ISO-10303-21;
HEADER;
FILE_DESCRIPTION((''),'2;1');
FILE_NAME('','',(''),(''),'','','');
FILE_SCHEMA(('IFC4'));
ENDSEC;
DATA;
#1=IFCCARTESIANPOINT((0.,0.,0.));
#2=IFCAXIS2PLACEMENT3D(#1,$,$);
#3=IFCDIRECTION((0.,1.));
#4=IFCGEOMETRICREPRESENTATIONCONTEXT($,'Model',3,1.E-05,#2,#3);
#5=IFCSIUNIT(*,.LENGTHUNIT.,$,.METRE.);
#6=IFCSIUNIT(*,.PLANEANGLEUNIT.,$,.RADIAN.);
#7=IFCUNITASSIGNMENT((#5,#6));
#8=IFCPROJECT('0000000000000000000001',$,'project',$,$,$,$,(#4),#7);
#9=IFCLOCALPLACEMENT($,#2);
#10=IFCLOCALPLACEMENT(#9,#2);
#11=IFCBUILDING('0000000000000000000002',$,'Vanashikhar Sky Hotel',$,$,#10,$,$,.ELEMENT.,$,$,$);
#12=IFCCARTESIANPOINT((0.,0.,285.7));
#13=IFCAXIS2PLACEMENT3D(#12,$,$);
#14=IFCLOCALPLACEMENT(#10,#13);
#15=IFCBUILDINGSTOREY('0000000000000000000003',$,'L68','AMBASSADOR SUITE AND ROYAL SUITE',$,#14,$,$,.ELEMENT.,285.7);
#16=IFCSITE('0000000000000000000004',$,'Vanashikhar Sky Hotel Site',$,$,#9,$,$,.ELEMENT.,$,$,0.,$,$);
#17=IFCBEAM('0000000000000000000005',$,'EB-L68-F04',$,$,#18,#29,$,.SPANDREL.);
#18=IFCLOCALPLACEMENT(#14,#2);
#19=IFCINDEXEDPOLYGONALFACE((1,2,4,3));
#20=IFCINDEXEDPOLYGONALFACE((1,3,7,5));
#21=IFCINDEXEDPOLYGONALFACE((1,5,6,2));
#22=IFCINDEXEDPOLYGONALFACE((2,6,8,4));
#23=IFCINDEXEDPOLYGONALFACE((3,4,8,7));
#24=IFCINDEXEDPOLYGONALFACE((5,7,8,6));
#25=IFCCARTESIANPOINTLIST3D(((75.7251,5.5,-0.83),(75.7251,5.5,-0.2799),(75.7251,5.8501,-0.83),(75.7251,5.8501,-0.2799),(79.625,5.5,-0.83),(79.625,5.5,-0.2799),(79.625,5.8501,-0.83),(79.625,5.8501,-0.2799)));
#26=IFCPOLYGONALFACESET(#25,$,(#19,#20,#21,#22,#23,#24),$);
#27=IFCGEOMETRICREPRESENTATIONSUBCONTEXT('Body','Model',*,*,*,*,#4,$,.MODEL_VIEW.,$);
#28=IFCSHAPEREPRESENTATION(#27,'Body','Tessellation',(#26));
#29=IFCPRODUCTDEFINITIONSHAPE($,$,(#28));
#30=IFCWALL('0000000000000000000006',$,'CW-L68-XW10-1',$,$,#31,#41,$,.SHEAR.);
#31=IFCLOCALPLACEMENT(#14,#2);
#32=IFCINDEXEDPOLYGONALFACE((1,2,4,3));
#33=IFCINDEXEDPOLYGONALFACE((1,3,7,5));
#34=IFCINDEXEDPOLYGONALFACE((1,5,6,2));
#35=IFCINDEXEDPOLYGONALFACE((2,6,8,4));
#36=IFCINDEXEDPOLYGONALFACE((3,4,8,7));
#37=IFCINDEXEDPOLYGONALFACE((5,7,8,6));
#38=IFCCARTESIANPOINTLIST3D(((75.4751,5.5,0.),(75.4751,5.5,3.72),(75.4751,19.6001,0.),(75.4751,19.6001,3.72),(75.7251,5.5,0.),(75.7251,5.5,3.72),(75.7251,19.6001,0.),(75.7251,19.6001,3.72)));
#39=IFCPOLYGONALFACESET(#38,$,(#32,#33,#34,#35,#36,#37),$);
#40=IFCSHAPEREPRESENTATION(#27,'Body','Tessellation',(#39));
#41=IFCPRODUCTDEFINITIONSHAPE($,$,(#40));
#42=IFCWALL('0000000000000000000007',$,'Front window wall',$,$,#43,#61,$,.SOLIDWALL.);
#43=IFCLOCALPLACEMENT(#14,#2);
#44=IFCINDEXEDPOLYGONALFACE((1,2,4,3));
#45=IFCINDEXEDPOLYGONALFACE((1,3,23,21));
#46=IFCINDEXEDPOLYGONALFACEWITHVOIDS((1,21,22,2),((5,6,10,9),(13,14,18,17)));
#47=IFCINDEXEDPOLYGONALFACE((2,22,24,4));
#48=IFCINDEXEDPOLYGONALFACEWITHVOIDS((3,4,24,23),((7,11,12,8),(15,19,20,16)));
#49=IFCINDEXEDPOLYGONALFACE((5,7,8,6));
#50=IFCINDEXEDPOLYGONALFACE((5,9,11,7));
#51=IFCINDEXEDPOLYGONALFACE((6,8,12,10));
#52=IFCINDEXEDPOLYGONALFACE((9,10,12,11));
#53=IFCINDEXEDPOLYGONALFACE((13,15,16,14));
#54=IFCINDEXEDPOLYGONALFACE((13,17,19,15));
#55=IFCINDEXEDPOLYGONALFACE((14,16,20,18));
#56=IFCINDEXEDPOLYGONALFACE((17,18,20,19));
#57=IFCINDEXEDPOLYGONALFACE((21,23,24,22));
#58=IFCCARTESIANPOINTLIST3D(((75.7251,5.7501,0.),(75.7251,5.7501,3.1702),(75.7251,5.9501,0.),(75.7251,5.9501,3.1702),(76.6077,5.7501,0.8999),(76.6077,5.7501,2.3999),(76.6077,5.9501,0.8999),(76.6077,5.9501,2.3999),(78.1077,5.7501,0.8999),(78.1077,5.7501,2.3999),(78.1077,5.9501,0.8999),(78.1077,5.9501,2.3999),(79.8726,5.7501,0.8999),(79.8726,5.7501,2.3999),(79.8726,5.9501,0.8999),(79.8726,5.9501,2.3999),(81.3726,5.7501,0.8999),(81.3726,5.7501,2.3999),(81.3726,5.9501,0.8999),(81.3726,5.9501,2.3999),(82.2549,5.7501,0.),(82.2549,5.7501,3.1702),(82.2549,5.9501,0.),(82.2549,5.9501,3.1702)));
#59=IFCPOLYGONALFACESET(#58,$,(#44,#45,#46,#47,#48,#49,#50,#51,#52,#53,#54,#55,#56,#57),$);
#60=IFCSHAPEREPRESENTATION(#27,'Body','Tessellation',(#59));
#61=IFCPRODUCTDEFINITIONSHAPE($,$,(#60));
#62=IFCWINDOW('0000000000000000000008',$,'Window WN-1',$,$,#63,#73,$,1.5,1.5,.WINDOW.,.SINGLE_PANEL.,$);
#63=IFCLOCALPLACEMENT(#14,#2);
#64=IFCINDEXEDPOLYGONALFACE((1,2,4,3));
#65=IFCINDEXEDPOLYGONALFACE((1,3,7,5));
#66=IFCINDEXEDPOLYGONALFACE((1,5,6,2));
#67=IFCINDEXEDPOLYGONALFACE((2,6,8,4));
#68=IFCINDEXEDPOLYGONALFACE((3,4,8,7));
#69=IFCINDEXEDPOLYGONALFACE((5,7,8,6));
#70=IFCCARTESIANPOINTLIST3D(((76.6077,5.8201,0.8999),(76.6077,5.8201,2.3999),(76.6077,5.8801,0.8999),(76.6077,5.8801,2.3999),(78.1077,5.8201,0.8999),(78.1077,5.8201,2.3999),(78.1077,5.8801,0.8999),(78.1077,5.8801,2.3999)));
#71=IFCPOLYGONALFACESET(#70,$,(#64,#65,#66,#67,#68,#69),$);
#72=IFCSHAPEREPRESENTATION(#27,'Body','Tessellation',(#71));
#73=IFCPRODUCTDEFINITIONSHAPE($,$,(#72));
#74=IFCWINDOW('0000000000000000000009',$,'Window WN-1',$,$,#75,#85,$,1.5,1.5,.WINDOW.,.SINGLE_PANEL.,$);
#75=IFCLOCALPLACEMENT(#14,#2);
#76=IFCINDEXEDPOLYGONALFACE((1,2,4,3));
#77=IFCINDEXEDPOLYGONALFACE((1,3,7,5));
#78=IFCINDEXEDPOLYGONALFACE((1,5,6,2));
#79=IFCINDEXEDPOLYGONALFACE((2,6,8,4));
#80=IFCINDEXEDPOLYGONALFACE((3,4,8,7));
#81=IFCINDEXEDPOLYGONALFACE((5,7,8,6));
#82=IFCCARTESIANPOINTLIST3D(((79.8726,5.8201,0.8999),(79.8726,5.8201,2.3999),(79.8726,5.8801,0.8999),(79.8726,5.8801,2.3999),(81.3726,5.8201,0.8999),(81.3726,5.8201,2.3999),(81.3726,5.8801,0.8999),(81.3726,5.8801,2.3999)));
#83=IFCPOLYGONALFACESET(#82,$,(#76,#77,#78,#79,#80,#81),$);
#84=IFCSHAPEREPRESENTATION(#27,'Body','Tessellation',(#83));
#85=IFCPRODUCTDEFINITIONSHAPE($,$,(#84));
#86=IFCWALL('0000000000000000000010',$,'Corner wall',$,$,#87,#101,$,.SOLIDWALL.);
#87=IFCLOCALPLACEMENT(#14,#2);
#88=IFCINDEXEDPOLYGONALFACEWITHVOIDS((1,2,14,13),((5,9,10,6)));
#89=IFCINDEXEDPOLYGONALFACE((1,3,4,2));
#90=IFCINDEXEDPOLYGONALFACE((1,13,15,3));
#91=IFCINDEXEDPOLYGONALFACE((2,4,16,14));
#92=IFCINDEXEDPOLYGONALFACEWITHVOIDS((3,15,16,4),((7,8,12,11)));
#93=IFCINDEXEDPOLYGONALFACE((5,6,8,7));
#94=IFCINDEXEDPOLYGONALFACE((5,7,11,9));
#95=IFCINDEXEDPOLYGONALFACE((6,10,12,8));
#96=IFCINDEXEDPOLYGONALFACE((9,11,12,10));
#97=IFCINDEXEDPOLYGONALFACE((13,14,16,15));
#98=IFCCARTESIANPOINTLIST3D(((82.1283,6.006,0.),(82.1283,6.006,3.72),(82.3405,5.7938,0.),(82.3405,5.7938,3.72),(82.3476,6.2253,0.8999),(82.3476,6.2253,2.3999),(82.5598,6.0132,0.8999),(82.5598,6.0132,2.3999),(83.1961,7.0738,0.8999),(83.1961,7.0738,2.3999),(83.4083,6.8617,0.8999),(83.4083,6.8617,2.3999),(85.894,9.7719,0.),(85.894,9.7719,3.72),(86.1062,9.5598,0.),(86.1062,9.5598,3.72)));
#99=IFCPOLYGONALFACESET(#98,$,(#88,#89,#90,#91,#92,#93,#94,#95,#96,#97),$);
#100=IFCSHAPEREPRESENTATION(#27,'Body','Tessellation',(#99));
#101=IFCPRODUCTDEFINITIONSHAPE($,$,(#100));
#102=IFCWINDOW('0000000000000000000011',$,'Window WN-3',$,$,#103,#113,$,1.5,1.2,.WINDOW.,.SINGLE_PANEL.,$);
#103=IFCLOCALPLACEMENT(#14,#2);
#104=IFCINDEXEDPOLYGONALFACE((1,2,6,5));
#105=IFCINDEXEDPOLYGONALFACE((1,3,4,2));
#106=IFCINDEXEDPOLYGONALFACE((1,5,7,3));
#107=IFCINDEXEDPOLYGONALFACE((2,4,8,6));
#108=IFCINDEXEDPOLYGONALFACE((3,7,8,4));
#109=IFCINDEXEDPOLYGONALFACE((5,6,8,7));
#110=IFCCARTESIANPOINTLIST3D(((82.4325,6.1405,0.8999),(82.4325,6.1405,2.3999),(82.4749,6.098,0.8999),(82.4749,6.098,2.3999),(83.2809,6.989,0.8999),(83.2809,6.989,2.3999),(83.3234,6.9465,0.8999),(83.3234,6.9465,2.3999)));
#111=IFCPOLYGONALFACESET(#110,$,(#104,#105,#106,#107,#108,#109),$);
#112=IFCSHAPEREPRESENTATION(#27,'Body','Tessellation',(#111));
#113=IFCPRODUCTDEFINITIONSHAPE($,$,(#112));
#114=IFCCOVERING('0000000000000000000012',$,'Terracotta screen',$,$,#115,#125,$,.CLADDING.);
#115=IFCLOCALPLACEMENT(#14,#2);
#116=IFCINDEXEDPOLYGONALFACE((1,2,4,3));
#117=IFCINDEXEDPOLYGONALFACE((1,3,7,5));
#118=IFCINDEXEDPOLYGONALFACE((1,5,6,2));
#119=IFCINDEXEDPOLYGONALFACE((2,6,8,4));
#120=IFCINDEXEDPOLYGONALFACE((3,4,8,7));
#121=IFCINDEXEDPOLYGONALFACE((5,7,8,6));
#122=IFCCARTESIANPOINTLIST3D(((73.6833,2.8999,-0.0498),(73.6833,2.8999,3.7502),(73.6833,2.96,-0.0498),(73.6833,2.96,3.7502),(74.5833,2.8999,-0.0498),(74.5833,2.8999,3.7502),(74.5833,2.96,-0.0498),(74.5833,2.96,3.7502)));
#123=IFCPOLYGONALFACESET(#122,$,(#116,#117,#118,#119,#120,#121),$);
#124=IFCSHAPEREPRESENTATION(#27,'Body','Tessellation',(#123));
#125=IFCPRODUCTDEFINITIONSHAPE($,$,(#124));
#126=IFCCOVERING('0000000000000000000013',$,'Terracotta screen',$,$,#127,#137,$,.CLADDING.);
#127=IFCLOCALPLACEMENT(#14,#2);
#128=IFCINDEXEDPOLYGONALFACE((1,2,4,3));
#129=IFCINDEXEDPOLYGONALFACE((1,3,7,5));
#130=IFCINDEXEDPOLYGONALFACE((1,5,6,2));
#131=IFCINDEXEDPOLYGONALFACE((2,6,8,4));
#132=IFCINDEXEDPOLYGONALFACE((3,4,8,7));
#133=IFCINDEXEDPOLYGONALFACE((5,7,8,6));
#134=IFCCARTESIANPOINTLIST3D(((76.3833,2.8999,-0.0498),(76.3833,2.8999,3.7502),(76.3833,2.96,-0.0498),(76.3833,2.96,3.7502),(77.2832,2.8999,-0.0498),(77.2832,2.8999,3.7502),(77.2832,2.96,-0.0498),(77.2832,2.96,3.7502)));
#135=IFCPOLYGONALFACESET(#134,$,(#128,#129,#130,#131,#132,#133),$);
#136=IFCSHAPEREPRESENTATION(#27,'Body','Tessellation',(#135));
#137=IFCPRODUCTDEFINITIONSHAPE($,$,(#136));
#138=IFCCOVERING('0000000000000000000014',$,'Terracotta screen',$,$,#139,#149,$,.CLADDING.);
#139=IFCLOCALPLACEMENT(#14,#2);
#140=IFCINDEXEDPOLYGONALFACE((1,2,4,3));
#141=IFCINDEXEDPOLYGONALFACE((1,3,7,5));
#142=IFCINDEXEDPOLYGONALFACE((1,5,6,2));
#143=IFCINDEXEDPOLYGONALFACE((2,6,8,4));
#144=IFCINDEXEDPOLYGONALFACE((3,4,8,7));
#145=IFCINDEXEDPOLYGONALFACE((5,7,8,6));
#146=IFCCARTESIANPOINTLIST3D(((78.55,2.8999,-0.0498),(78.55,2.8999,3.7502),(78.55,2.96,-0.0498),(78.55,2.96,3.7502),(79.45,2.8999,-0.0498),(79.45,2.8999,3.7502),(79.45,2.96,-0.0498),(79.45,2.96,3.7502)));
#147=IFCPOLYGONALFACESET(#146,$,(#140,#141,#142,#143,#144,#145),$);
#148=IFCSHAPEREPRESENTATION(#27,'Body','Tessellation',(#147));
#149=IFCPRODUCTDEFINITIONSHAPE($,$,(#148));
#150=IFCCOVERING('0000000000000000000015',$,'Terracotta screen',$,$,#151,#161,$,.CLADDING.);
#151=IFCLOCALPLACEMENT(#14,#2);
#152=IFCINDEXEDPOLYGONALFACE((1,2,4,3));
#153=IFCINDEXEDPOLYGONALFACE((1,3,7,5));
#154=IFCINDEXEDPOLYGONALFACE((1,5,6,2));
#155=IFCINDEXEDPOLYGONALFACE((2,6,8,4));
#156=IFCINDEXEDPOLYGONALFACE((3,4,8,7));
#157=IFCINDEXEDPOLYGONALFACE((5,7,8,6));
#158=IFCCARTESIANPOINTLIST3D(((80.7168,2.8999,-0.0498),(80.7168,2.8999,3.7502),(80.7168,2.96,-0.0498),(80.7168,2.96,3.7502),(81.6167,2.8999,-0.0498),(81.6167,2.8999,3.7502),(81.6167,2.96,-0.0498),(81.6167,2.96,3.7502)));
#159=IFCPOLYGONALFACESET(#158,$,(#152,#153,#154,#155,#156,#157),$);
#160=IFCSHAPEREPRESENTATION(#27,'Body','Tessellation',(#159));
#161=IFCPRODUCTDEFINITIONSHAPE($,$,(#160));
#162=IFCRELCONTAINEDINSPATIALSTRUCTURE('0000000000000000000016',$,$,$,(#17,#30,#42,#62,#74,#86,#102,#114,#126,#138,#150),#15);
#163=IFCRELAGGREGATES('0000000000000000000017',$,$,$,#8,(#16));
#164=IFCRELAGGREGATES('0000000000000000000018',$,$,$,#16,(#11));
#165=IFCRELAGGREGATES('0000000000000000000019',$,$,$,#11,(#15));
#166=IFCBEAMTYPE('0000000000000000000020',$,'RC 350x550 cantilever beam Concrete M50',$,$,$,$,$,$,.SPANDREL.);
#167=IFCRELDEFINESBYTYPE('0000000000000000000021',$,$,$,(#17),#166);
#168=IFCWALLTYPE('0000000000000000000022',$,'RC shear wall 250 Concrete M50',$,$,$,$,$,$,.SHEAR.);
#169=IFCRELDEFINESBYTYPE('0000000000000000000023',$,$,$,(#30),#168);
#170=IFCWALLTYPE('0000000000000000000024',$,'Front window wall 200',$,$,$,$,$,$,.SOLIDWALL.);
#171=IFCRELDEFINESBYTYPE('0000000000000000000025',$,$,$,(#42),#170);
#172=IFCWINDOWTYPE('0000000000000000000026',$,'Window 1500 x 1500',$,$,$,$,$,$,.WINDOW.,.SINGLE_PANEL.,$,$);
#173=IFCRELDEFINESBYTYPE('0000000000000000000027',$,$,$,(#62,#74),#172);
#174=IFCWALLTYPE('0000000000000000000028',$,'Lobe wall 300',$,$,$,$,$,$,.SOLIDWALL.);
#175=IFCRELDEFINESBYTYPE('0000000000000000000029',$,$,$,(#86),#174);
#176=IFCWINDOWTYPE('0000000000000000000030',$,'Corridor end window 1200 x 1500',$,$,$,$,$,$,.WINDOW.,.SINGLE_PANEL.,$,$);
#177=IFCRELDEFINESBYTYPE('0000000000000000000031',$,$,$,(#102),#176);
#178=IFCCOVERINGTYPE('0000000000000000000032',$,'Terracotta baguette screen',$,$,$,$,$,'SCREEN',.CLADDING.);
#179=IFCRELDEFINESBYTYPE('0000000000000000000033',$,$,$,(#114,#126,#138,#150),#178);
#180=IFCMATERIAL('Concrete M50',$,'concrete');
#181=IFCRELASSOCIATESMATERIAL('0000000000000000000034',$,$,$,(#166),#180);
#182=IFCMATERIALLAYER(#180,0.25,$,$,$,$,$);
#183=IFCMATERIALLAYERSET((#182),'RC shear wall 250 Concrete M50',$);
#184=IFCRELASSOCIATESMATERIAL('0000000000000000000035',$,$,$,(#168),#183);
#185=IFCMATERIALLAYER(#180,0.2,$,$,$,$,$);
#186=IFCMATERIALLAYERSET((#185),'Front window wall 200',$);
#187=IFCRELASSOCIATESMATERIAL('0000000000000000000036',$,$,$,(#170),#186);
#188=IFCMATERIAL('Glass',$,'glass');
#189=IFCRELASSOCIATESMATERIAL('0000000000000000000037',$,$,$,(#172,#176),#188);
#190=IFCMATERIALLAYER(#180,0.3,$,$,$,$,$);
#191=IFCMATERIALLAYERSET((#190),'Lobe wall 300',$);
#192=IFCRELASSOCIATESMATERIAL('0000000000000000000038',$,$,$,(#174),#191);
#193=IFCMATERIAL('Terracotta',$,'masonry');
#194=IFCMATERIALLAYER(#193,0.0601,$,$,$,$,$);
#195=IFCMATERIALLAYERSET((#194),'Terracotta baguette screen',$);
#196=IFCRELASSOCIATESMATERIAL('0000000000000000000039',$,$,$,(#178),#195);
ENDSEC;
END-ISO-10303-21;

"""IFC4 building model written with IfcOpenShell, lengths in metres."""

from ifc_helpers import new_model, si_unit, direction, frame, frame_2d, origin, origin_2d, place, context, subcontext, project, spatial, rectangle, extrude, source, transform, mapped, material, layer, layer_set, material_profile, profile_set, type_object, element, fill, save


model = new_model("IFC4")

# Units and contexts
model_context = context("Model", 3, precision=1e-05, world=origin(), true_north=direction((0.0, 1.0)))
body_context = subcontext(model_context, "Body", "Model", "MODEL_VIEW")
ifc_project = project(units=[si_unit("LENGTHUNIT", "METRE"), si_unit("PLANEANGLEUNIT", "RADIAN")], contexts=[model_context])

# Site, building, storey
site_placement = place(None, origin())
site = spatial("IfcSite", under=ifc_project, at=site_placement, Name="Vanashikhar Sky Hotel Site", CompositionType="ELEMENT", RefElevation=0.0)
building_placement = place(site_placement, origin())
building = spatial("IfcBuilding", under=site, at=building_placement, Name="Vanashikhar Sky Hotel", CompositionType="ELEMENT")
storey_placement = place(building_placement, frame((0.0, 0.0, 285.7)))
storey = spatial("IfcBuildingStorey", under=building, at=storey_placement, Name="L68", Description="AMBASSADOR SUITE AND ROYAL SUITE", CompositionType="ELEMENT", Elevation=285.7)

# Beam
ifc_material_1 = material(Name="Concrete M50", Category="concrete")
ifc_material_profile = material_profile(ifc_material_1, rectangle(XDim=0.3501, YDim=0.55, at=origin_2d()))
ifc_profile_set = profile_set([ifc_material_profile], Name="RC 350x550 cantilever beam Concrete M50")
beam_type = type_object("IfcBeamType", Name="RC 350x550 cantilever beam Concrete M50", PredefinedType="SPANDREL", material=ifc_profile_set)
shared_shape_1 = source(origin(), body_context, "Body", "SweptSolid", [
    extrude(rectangle(XDim=0.3501, YDim=0.55, at=origin_2d()), origin(), (0.0, 0.0, 1.0), 3.8999),
])
beam_placement = place(storey_placement, frame((75.7251, 5.675, -0.5549), z_axis=(1.0, 0.0, 0.0), x_axis=(0.0, 1.0, 0.0)))
element("IfcBeam", 1, at=beam_placement, inside=storey, type_object=beam_type, Name="EB-L68-F04", PredefinedType="SPANDREL", context=body_context, shape_type="MappedRepresentation", body=[
    mapped(shared_shape_1, transform((0.0, 0.0, 0.0), scale=1.0)),
])

# Wall
ifc_layer_1 = layer(ifc_material_1, 0.25)
ifc_layer_set_1 = layer_set([ifc_layer_1], Name="RC shear wall 250 Concrete M50")
wall_type_1 = type_object("IfcWallType", Name="RC shear wall 250 Concrete M50", PredefinedType="SHEAR", material=ifc_layer_set_1)
shared_shape_2 = source(origin(), body_context, "Body", "SweptSolid", [
    extrude(rectangle(XDim=14.1001, YDim=0.25, at=frame_2d((7.05, 0.0))), origin(), (0.0, 0.0, 1.0), 3.72),
])
wall_1_placement = place(storey_placement, frame((75.6001, 5.5, 0.0), z_axis=(0.0, 0.0, 1.0), x_axis=(0.0, 1.0, 0.0)))
element("IfcWall", 2, at=wall_1_placement, inside=storey, type_object=wall_type_1, Name="CW-L68-XW10-1", PredefinedType="SHEAR", context=body_context, shape_type="MappedRepresentation", body=[
    mapped(shared_shape_2, transform((0.0, 0.0, 0.0), scale=1.0)),
])

# Wall, openings, windows
ifc_layer_2 = layer(ifc_material_1, 0.2)
ifc_layer_set_2 = layer_set([ifc_layer_2], Name="Front window wall 200")
wall_type_2 = type_object("IfcWallType", Name="Front window wall 200", PredefinedType="SOLIDWALL", material=ifc_layer_set_2)
shared_shape_3 = source(origin(), body_context, "Body", "SweptSolid", [
    extrude(rectangle(XDim=6.5298, YDim=0.2, at=frame_2d((3.2649, 0.0))), origin(), (0.0, 0.0, 1.0), 3.1702),
])
wall_2_placement = place(storey_placement, frame((75.7251, 5.8501, 0.0), z_axis=(0.0, 0.0, 1.0), x_axis=(1.0, 0.0, 0.0)))
wall_2 = element("IfcWall", 3, at=wall_2_placement, inside=storey, type_object=wall_type_2, Name="Front window wall", PredefinedType="SOLIDWALL", context=body_context, shape_type="MappedRepresentation", body=[
    mapped(shared_shape_3, transform((0.0, 0.0, 0.0), scale=1.0)),
])
shared_shape_4 = source(origin(), body_context, "Body", "SweptSolid", [
    extrude(rectangle(XDim=1.5, YDim=1.5, at=frame_2d((0.75, 0.75))), frame((0.0, 0.1099, 0.0), z_axis=(0.0, -1.0, 0.0), x_axis=(1.0, 0.0, 0.0)), (0.0, 0.0, 1.0), 0.22),
])
opening_1_placement = place(wall_2_placement, frame((0.8826, 0.0, 0.8999)))
opening_1 = element("IfcOpeningElement", 4, at=opening_1_placement, cuts=wall_2, PredefinedType="OPENING", context=body_context, shape_type="MappedRepresentation", body=[
    mapped(shared_shape_4, transform((0.0, 0.0, 0.0), scale=1.0)),
])
opening_2_placement = place(wall_2_placement, frame((4.1475, 0.0, 0.8999)))
opening_2 = element("IfcOpeningElement", 5, at=opening_2_placement, cuts=wall_2, PredefinedType="OPENING", context=body_context, shape_type="MappedRepresentation", body=[
    mapped(shared_shape_4, transform((0.0, 0.0, 0.0), scale=1.0)),
])
ifc_material_2 = material(Name="Glass", Category="glass")
window_type_1 = type_object("IfcWindowType", Name="Window 1500 x 1500", PartitioningType="SINGLE_PANEL", PredefinedType="WINDOW", material=ifc_material_2)
shared_shape_5 = source(origin(), body_context, "Body", "SweptSolid", [
    extrude(rectangle(XDim=1.5, YDim=1.5, at=frame_2d((0.75, 0.75))), frame((0.0, 0.03, 0.0), z_axis=(0.0, -1.0, 0.0), x_axis=(1.0, 0.0, 0.0)), (0.0, 0.0, 1.0), 0.0601),
])
window_1_placement = place(opening_1_placement, origin())
window_1 = element("IfcWindow", 6, at=window_1_placement, inside=storey, type_object=window_type_1, Name="Window WN-1", OverallHeight=1.5, OverallWidth=1.5, PartitioningType="SINGLE_PANEL", PredefinedType="WINDOW", context=body_context, shape_type="MappedRepresentation", body=[
    mapped(shared_shape_5, transform((0.0, 0.0, 0.0), scale=1.0)),
])
fill(opening_1, window_1)
window_2_placement = place(opening_2_placement, origin())
window_2 = element("IfcWindow", 7, at=window_2_placement, inside=storey, type_object=window_type_1, Name="Window WN-1", OverallHeight=1.5, OverallWidth=1.5, PartitioningType="SINGLE_PANEL", PredefinedType="WINDOW", context=body_context, shape_type="MappedRepresentation", body=[
    mapped(shared_shape_5, transform((0.0, 0.0, 0.0), scale=1.0)),
])
fill(opening_2, window_2)

# Wall, opening, window
ifc_layer_3 = layer(ifc_material_1, 0.3)
ifc_layer_set_3 = layer_set([ifc_layer_3], Name="Lobe wall 300")
wall_type_3 = type_object("IfcWallType", Name="Lobe wall 300", PredefinedType="SOLIDWALL", material=ifc_layer_set_3)
shared_shape_6 = source(origin(), body_context, "Body", "SweptSolid", [
    extrude(rectangle(XDim=5.3257, YDim=0.3, at=frame_2d((2.6628, 0.0))), origin(), (0.0, 0.0, 1.0), 3.72),
])
wall_3_placement = place(storey_placement, frame((82.2344, 5.8999, 0.0), z_axis=(0.0, 0.0, 1.0), x_axis=(0.707084, 0.70713, 0.0)))
wall_3 = element("IfcWall", 8, at=wall_3_placement, inside=storey, type_object=wall_type_3, Name="Corner wall", PredefinedType="SOLIDWALL", context=body_context, shape_type="MappedRepresentation", body=[
    mapped(shared_shape_6, transform((0.0, 0.0, 0.0), scale=1.0)),
])
shared_shape_7 = source(origin(), body_context, "Body", "SweptSolid", [
    extrude(rectangle(XDim=1.2, YDim=1.5, at=frame_2d((0.6001, 0.75))), frame((0.0, 0.1602, 0.0), z_axis=(0.0, -1.0, 0.0), x_axis=(1.0, 0.0, 0.0)), (0.0, 0.0, 1.0), 0.3201),
])
opening_3_placement = place(wall_3_placement, frame((0.3101, 0.0, 0.8999)))
opening_3 = element("IfcOpeningElement", 9, at=opening_3_placement, cuts=wall_3, PredefinedType="OPENING", context=body_context, shape_type="MappedRepresentation", body=[
    mapped(shared_shape_7, transform((0.0, 0.0, 0.0), scale=1.0)),
])
window_type_2 = type_object("IfcWindowType", Name="Corridor end window 1200 x 1500", PartitioningType="SINGLE_PANEL", PredefinedType="WINDOW", material=ifc_material_2)
shared_shape_8 = source(origin(), body_context, "Body", "SweptSolid", [
    extrude(rectangle(XDim=1.2, YDim=1.5, at=frame_2d((0.6001, 0.75))), frame((0.0, 0.03, 0.0), z_axis=(0.0, -1.0, 0.0), x_axis=(1.0, 0.0, 0.0)), (0.0, 0.0, 1.0), 0.0601),
])
window_3_placement = place(opening_3_placement, origin())
window_3 = element("IfcWindow", 10, at=window_3_placement, inside=storey, type_object=window_type_2, Name="Window WN-3", OverallHeight=1.5, OverallWidth=1.2, PartitioningType="SINGLE_PANEL", PredefinedType="WINDOW", context=body_context, shape_type="MappedRepresentation", body=[
    mapped(shared_shape_8, transform((0.0, 0.0, 0.0), scale=1.0)),
])
fill(opening_3, window_3)

# Coverings
ifc_material_3 = material(Name="Terracotta", Category="masonry")
ifc_layer_4 = layer(ifc_material_3, 0.0601)
ifc_layer_set_4 = layer_set([ifc_layer_4], Name="Terracotta baguette screen")
covering_type = type_object("IfcCoveringType", Name="Terracotta baguette screen", ElementType="SCREEN", PredefinedType="CLADDING", material=ifc_layer_set_4)
shared_shape_9 = source(origin(), body_context, "Body", "SweptSolid", [
    extrude(rectangle(XDim=0.8999, YDim=0.0601, at=origin_2d()), origin(), (0.0, 0.0, 1.0), 3.8),
])
for number, where, z_axis, x_axis, name in (
    (11, (74.1333, 2.9299, -0.0498), (0.0, 0.0, 1.0), (1.0, 0.0, 0.0), "Terracotta screen"),
    (12, (76.8333, 2.9299, -0.0498), (0.0, 0.0, 1.0), (1.0, 0.0, 0.0), "Terracotta screen"),
    (13, (79.0, 2.9299, -0.0498), (0.0, 0.0, 1.0), (1.0, 0.0, 0.0), "Terracotta screen"),
    (14, (81.1667, 2.9299, -0.0498), (0.0, 0.0, 1.0), (1.0, 0.0, 0.0), "Terracotta screen"),
):
    element("IfcCovering", number, at=place(storey_placement, frame(where, z_axis=z_axis, x_axis=x_axis)), inside=storey, type_object=covering_type, Name=name, PredefinedType="CLADDING", context=body_context, shape_type="MappedRepresentation", body=[
        mapped(shared_shape_9, transform((0.0, 0.0, 0.0), scale=1.0)),
    ])

save(model, "model.ifc")
